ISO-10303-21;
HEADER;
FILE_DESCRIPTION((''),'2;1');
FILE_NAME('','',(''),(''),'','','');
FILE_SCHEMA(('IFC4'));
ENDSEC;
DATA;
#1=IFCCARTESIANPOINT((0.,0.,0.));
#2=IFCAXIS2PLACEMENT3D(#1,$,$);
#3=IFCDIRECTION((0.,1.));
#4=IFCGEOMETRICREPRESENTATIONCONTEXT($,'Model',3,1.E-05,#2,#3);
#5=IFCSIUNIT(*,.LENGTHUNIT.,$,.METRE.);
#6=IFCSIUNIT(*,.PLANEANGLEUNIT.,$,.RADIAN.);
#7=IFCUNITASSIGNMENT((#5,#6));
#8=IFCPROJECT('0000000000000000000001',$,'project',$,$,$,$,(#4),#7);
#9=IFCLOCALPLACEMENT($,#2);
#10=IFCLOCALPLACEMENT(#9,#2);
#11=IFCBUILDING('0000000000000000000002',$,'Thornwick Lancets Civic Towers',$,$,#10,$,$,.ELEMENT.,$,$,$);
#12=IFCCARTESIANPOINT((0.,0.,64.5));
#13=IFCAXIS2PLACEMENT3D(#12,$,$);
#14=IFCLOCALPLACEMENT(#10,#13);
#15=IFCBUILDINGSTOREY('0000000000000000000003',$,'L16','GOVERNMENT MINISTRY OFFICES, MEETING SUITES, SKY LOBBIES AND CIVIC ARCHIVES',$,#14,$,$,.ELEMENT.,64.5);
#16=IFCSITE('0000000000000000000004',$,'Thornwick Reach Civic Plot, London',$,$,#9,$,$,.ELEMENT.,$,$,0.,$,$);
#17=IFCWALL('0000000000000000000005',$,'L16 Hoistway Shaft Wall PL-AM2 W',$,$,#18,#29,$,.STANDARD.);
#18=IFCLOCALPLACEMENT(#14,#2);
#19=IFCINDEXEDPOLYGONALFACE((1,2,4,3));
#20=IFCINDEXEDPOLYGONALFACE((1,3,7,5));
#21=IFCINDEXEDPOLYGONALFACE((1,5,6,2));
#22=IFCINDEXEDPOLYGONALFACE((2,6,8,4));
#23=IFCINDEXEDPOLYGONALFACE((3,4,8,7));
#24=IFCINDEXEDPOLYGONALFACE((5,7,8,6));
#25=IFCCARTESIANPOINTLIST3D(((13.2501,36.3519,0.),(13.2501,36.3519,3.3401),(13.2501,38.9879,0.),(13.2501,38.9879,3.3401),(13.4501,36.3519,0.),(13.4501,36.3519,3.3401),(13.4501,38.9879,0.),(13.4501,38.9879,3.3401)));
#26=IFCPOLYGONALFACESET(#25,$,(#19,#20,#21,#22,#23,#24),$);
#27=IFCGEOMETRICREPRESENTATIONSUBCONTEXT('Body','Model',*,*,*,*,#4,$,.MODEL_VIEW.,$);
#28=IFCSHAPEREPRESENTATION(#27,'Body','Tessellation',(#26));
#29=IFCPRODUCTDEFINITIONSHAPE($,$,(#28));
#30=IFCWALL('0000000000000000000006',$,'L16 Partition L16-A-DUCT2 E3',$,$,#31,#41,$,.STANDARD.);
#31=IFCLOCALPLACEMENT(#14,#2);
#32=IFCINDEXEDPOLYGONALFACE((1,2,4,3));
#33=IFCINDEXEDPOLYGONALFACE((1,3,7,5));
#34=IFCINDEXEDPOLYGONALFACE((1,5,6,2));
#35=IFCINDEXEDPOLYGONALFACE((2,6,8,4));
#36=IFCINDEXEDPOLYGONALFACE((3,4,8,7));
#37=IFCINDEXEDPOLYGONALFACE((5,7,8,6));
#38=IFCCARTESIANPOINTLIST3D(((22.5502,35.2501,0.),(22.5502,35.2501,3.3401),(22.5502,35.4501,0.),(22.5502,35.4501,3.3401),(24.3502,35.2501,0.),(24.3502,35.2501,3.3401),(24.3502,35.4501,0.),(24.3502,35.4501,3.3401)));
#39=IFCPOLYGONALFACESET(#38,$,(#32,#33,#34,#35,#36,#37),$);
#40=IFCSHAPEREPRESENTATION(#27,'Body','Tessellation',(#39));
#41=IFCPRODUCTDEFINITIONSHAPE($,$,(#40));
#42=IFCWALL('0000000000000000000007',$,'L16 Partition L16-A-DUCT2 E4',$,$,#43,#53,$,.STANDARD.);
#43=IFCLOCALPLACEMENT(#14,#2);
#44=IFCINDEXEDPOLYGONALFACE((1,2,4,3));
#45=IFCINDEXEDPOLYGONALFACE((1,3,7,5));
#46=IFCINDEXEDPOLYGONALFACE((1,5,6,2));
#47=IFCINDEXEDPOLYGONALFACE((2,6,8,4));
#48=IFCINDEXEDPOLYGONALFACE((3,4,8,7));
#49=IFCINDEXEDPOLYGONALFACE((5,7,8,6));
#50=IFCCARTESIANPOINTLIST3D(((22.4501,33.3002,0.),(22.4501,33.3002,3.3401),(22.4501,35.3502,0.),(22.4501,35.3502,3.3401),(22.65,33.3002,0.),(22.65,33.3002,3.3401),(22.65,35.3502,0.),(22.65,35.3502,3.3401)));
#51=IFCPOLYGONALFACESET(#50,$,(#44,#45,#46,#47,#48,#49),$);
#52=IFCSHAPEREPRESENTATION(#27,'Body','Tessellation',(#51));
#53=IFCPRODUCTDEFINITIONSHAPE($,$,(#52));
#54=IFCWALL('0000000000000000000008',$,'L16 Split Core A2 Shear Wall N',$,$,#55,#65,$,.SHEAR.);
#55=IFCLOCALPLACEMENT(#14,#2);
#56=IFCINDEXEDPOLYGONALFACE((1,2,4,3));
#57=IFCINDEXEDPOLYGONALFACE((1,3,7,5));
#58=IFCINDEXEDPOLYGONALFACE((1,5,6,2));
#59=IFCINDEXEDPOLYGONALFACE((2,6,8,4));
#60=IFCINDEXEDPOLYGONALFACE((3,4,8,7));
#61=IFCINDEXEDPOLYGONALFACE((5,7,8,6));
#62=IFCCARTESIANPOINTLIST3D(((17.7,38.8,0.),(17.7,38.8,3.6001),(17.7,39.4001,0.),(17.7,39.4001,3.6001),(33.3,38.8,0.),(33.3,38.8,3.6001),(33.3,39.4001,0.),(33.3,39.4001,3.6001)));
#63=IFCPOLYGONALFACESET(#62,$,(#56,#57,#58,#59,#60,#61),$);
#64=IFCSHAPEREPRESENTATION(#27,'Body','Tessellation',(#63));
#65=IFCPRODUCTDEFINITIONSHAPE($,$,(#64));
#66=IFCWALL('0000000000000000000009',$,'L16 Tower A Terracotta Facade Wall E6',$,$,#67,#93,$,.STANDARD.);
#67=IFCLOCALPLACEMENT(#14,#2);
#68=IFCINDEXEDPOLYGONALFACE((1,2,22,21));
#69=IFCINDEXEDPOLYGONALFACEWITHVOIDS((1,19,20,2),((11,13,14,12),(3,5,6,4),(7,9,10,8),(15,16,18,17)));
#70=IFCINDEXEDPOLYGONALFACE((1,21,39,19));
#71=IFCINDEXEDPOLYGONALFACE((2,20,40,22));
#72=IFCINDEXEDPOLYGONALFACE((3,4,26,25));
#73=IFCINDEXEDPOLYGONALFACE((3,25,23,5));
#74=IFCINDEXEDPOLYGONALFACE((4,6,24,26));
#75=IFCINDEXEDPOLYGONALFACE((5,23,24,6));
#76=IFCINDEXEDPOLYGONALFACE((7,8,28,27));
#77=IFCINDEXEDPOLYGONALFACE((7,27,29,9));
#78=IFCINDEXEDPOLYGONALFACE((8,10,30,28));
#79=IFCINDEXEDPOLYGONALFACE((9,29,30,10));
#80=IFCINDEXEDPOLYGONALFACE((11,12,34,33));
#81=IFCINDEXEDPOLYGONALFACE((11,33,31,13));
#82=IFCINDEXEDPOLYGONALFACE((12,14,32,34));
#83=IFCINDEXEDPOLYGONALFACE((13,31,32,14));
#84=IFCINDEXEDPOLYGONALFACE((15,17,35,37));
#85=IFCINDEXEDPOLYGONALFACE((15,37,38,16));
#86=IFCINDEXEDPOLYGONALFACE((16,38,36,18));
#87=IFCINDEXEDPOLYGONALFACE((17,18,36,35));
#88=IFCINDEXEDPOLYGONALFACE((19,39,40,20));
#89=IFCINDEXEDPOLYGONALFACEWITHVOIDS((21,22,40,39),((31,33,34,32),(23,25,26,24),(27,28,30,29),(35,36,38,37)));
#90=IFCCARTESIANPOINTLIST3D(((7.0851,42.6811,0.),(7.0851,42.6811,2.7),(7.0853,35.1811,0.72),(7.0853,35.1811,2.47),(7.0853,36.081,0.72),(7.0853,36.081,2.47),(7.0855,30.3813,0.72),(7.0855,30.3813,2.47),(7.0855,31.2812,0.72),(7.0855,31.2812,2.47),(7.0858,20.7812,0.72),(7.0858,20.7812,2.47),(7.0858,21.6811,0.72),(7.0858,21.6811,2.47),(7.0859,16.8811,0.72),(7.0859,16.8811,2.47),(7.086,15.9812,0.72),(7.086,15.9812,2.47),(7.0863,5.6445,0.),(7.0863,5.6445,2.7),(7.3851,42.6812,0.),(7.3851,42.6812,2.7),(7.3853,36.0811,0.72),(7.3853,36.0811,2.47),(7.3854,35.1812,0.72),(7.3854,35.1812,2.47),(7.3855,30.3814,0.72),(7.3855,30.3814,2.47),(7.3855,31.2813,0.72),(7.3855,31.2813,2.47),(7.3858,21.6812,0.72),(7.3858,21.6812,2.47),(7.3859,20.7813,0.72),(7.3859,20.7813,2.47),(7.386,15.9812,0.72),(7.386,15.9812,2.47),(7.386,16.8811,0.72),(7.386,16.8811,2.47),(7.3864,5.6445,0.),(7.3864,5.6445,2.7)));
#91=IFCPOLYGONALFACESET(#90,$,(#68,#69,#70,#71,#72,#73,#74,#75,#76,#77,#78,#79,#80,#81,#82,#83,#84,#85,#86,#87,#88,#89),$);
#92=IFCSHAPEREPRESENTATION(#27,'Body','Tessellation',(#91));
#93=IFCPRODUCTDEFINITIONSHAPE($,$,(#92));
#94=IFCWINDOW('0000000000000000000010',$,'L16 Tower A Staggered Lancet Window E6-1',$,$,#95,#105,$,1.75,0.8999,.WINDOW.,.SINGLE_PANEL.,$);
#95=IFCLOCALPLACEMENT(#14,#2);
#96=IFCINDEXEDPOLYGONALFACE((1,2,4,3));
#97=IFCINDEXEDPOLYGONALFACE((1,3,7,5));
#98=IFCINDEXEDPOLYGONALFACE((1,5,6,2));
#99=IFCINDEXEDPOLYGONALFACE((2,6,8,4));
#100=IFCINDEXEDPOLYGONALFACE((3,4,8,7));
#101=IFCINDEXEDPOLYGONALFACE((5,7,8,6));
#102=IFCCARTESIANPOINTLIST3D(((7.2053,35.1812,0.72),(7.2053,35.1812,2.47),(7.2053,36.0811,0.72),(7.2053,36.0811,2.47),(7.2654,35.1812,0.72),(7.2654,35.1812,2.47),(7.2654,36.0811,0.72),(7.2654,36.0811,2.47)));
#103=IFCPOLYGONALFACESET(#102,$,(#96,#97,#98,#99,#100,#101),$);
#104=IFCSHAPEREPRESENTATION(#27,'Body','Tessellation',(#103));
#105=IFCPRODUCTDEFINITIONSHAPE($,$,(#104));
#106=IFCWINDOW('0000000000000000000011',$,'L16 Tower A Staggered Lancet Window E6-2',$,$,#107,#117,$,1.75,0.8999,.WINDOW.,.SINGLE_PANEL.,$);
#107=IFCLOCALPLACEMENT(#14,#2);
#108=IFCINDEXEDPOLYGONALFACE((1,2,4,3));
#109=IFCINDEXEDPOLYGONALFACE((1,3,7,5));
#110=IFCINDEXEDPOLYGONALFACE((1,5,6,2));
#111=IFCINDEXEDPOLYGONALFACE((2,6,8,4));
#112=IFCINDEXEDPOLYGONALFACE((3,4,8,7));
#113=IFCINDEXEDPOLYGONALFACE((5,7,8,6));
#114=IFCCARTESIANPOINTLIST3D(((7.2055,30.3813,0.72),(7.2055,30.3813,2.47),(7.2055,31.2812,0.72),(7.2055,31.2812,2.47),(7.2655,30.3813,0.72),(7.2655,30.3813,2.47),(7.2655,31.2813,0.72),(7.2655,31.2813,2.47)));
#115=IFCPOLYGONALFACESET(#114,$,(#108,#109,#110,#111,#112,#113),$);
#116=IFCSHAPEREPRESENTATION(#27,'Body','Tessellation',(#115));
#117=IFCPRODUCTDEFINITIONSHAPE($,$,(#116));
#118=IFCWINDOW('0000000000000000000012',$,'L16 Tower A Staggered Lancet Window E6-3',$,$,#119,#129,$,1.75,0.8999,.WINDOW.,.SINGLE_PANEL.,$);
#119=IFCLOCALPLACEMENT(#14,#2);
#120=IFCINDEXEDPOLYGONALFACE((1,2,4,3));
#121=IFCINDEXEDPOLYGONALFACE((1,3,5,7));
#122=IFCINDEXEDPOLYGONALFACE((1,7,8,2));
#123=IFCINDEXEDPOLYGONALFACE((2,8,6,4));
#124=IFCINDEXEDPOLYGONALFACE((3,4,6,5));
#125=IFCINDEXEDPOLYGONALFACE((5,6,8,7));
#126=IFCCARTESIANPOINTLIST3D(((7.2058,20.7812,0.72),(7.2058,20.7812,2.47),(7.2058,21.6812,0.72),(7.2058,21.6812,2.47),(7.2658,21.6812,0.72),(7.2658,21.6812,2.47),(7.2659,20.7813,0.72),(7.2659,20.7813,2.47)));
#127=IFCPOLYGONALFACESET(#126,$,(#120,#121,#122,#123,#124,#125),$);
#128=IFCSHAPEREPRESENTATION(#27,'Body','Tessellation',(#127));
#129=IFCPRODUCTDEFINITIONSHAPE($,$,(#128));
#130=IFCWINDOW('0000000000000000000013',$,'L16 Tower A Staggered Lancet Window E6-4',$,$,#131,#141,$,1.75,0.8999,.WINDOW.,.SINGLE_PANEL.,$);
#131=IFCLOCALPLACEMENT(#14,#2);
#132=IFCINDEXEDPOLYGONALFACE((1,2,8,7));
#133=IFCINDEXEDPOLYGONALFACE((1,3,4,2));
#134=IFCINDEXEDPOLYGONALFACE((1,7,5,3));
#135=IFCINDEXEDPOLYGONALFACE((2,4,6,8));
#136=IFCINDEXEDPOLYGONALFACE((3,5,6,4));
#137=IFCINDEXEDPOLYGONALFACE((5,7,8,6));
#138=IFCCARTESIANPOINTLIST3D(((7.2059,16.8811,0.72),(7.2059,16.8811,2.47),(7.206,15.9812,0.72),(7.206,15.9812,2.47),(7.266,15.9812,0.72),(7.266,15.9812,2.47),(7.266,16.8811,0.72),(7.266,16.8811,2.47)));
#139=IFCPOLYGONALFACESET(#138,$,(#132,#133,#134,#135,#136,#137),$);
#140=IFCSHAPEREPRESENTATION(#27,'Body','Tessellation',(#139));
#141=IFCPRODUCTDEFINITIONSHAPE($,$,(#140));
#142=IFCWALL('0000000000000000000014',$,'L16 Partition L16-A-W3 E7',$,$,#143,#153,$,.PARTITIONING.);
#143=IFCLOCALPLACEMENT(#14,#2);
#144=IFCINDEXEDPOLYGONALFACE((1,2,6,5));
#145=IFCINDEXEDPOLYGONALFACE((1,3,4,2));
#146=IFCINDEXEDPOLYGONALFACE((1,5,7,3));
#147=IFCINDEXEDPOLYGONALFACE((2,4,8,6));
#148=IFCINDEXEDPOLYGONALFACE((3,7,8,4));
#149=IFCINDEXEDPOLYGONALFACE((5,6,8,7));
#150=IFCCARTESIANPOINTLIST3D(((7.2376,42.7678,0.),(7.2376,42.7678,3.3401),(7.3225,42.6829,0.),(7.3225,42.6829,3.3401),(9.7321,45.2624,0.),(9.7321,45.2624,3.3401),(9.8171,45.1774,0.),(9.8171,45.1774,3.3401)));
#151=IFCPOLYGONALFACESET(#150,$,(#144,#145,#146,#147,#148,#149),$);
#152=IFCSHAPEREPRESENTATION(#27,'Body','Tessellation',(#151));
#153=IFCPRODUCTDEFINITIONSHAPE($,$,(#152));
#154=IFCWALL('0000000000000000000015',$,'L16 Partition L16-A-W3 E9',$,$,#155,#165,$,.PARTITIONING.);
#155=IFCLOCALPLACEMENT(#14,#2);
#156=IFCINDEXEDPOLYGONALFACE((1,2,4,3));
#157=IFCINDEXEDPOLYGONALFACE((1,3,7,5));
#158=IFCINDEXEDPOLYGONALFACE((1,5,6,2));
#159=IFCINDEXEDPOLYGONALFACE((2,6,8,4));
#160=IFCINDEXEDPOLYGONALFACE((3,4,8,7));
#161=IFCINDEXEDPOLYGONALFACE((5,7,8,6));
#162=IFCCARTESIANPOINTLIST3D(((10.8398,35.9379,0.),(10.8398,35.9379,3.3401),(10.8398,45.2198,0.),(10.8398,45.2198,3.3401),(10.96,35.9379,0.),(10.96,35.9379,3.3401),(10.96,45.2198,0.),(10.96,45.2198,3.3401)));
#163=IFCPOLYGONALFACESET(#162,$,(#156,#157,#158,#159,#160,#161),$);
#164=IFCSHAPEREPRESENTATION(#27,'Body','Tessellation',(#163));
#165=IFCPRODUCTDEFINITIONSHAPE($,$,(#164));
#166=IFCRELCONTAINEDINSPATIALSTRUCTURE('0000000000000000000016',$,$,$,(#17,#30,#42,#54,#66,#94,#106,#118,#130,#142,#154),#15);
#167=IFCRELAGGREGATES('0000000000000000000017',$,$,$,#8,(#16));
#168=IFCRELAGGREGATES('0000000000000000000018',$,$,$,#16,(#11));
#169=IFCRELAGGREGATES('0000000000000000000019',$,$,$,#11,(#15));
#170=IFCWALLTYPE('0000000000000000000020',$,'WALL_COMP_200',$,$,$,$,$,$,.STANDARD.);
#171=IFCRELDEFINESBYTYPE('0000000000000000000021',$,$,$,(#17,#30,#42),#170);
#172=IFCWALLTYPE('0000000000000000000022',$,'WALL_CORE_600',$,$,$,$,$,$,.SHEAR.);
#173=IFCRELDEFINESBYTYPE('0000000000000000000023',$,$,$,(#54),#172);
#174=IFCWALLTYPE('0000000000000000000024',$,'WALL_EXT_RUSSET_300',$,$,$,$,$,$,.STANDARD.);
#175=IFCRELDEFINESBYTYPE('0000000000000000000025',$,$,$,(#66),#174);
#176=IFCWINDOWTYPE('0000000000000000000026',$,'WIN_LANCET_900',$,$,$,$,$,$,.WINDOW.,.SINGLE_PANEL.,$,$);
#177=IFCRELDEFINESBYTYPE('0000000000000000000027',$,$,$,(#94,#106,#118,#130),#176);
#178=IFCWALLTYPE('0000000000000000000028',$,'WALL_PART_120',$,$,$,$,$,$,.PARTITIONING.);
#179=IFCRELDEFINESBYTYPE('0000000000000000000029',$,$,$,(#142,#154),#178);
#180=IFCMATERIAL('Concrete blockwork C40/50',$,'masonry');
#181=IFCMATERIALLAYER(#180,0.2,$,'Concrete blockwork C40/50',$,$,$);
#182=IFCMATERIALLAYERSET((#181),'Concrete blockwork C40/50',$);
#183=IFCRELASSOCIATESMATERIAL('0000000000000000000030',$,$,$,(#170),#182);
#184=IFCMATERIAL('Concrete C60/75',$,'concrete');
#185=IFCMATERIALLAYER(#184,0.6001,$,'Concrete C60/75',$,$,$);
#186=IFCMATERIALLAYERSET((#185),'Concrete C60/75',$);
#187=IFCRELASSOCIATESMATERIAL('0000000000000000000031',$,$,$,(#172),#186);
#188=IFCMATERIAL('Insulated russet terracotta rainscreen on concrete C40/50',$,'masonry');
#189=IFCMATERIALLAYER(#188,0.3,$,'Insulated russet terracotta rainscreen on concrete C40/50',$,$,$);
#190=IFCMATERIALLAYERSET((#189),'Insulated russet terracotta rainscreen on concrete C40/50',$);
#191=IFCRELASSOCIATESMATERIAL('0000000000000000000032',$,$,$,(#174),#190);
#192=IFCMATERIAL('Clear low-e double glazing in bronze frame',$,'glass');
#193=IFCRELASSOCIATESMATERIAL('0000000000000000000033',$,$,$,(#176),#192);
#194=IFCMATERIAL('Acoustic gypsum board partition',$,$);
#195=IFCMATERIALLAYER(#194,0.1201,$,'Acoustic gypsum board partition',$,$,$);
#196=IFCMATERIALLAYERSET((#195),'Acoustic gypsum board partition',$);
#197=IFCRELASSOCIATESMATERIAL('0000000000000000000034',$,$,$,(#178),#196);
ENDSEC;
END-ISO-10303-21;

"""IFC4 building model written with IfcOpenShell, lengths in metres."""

from ifc_helpers import new_model, si_unit, direction, frame, frame_2d, origin, place, context, subcontext, project, spatial, rectangle, extrude, material, layer, layer_set, type_object, element, fill, save


model = new_model("IFC4")

# Units and contexts
model_context = context("Model", 3, precision=1e-05, world=origin(), true_north=direction((0.0, 1.0)))
body_context = subcontext(model_context, "Body", "Model", "MODEL_VIEW")
ifc_project = project(units=[si_unit("LENGTHUNIT", "METRE"), si_unit("PLANEANGLEUNIT", "RADIAN")], contexts=[model_context])

# Site, building, storey
site_placement = place(None, origin())
site = spatial("IfcSite", under=ifc_project, at=site_placement, Name="Thornwick Reach Civic Plot, London", CompositionType="ELEMENT", RefElevation=0.0)
building_placement = place(site_placement, origin())
building = spatial("IfcBuilding", under=site, at=building_placement, Name="Thornwick Lancets Civic Towers", CompositionType="ELEMENT")
storey_placement = place(building_placement, frame((0.0, 0.0, 64.5)))
storey = spatial("IfcBuildingStorey", under=building, at=storey_placement, Name="L16", Description="GOVERNMENT MINISTRY OFFICES, MEETING SUITES, SKY LOBBIES AND CIVIC ARCHIVES", CompositionType="ELEMENT", Elevation=64.5)

# Shared definitions
ifc_material_1 = material(Name="Concrete C60/75", Category="concrete")

# Shared definitions
ifc_material_2 = material(Name="Concrete blockwork C40/50", Category="masonry")
ifc_layer_1 = layer(ifc_material_2, 0.2, Name="Concrete blockwork C40/50")
ifc_layer_set_1 = layer_set([ifc_layer_1], Name="Concrete blockwork C40/50")
wall_type_1 = type_object("IfcWallType", Name="WALL_COMP_200", PredefinedType="STANDARD", material=ifc_layer_set_1)

# Walls
for number, where, z_axis, x_axis, name in (
    (1, (13.3501, 36.3521, 0.0), (0.0, 0.0, 1.0), (0.0, 1.0, 0.0), "L16 Hoistway Shaft Wall PL-AM2 W"),
):
    element("IfcWall", number, at=place(storey_placement, frame(where, z_axis=z_axis, x_axis=x_axis)), inside=storey, type_object=wall_type_1, Name=name, PredefinedType="STANDARD", context=body_context, shape_type="SweptSolid", body=[
        extrude(rectangle(XDim=2.636, YDim=0.2, at=frame_2d((1.3179, 0.0))), origin(), (0.0, 0.0, 1.0), 3.3401),
    ])
wall_1_placement = place(storey_placement, frame((24.3501, 35.3501, 0.0), z_axis=(0.0, 0.0, 1.0), x_axis=(-1.0, 0.0, 0.0)))
element("IfcWall", 2, at=wall_1_placement, inside=storey, type_object=wall_type_1, Name="L16 Partition L16-A-DUCT2 E3", PredefinedType="STANDARD", context=body_context, shape_type="SweptSolid", body=[
    extrude(rectangle(XDim=1.8, YDim=0.2, at=frame_2d((0.8999, 0.0))), origin(), (0.0, 0.0, 1.0), 3.3401),
])
wall_2_placement = place(storey_placement, frame((22.55, 35.3501, 0.0), z_axis=(0.0, 0.0, 1.0), x_axis=(0.0, -1.0, 0.0)))
element("IfcWall", 3, at=wall_2_placement, inside=storey, type_object=wall_type_1, Name="L16 Partition L16-A-DUCT2 E4", PredefinedType="STANDARD", context=body_context, shape_type="SweptSolid", body=[
    extrude(rectangle(XDim=2.05, YDim=0.2, at=frame_2d((1.0249, 0.0))), origin(), (0.0, 0.0, 1.0), 3.3401),
])
ifc_layer_2 = layer(ifc_material_1, 0.6001, Name="Concrete C60/75")
ifc_layer_set_2 = layer_set([ifc_layer_2], Name="Concrete C60/75")
wall_type_2 = type_object("IfcWallType", Name="WALL_CORE_600", PredefinedType="SHEAR", material=ifc_layer_set_2)
wall_3_placement = place(storey_placement, frame((17.7, 39.1001, 0.0), z_axis=(0.0, 0.0, 1.0), x_axis=(1.0, 0.0, 0.0)))
element("IfcWall", 4, at=wall_3_placement, inside=storey, type_object=wall_type_2, Name="L16 Split Core A2 Shear Wall N", PredefinedType="SHEAR", context=body_context, shape_type="SweptSolid", body=[
    extrude(rectangle(XDim=15.6001, YDim=0.6001, at=frame_2d((7.8, 0.0))), origin(), (0.0, 0.0, 1.0), 3.6001),
])

# Wall, openings, windows
ifc_material_3 = material(Name="Insulated russet terracotta rainscreen on concrete C40/50", Category="masonry")
ifc_layer_3 = layer(ifc_material_3, 0.3, Name="Insulated russet terracotta rainscreen on concrete C40/50")
ifc_layer_set_3 = layer_set([ifc_layer_3], Name="Insulated russet terracotta rainscreen on concrete C40/50")
wall_type_3 = type_object("IfcWallType", Name="WALL_EXT_RUSSET_300", PredefinedType="STANDARD", material=ifc_layer_set_3)
wall_4_placement = place(storey_placement, frame((7.2351, 42.6812, 0.0), z_axis=(0.0, 0.0, 1.0), x_axis=(0.000033, -1.0, 0.0)))
wall_4 = element("IfcWall", 5, at=wall_4_placement, inside=storey, type_object=wall_type_3, Name="L16 Tower A Terracotta Facade Wall E6", PredefinedType="STANDARD", context=body_context, shape_type="SweptSolid", body=[
    extrude(rectangle(XDim=37.0366, YDim=0.3, at=frame_2d((18.5183, 0.0))), origin(), (0.0, 0.0, 1.0), 2.7),
])
opening_1_placement = place(wall_4_placement, frame((6.6001, 0.0, 0.72)))
opening_1 = element("IfcOpeningElement", 6, at=opening_1_placement, cuts=wall_4, PredefinedType="OPENING", context=body_context, shape_type="SweptSolid", body=[
    extrude(rectangle(XDim=0.8999, YDim=1.75, at=frame_2d((0.45, 0.875))), frame((0.0, 0.1602, 0.0), z_axis=(0.0, -1.0, 0.0), x_axis=(1.0, 0.0, 0.0)), (0.0, 0.0, 1.0), 0.3201),
])
opening_2_placement = place(wall_4_placement, frame((11.3999, 0.0, 0.72)))
opening_2 = element("IfcOpeningElement", 7, at=opening_2_placement, cuts=wall_4, PredefinedType="OPENING", context=body_context, shape_type="SweptSolid", body=[
    extrude(rectangle(XDim=0.8999, YDim=1.75, at=frame_2d((0.45, 0.875))), frame((0.0, 0.1602, 0.0), z_axis=(0.0, -1.0, 0.0), x_axis=(1.0, 0.0, 0.0)), (0.0, 0.0, 1.0), 0.3201),
])
opening_3_placement = place(wall_4_placement, frame((21.0, 0.0, 0.72)))
opening_3 = element("IfcOpeningElement", 8, at=opening_3_placement, cuts=wall_4, PredefinedType="OPENING", context=body_context, shape_type="SweptSolid", body=[
    extrude(rectangle(XDim=0.8999, YDim=1.75, at=frame_2d((0.45, 0.875))), frame((0.0, 0.1602, 0.0), z_axis=(0.0, -1.0, 0.0), x_axis=(1.0, 0.0, 0.0)), (0.0, 0.0, 1.0), 0.3201),
])
opening_4_placement = place(wall_4_placement, frame((25.8, 0.0, 0.72)))
opening_4 = element("IfcOpeningElement", 9, at=opening_4_placement, cuts=wall_4, PredefinedType="OPENING", context=body_context, shape_type="SweptSolid", body=[
    extrude(rectangle(XDim=0.8999, YDim=1.75, at=frame_2d((0.45, 0.875))), frame((0.0, 0.1602, 0.0), z_axis=(0.0, -1.0, 0.0), x_axis=(1.0, 0.0, 0.0)), (0.0, 0.0, 1.0), 0.3201),
])
ifc_material_4 = material(Name="Clear low-e double glazing in bronze frame", Category="glass")
window_type = type_object("IfcWindowType", Name="WIN_LANCET_900", PartitioningType="SINGLE_PANEL", PredefinedType="WINDOW", material=ifc_material_4)
window_1_placement = place(opening_1_placement, origin())
window_1 = element("IfcWindow", 10, at=window_1_placement, inside=storey, type_object=window_type, Name="L16 Tower A Staggered Lancet Window E6-1", OverallHeight=1.75, OverallWidth=0.8999, PartitioningType="SINGLE_PANEL", PredefinedType="WINDOW", context=body_context, shape_type="SweptSolid", body=[
    extrude(rectangle(XDim=0.8999, YDim=1.75, at=frame_2d((0.45, 0.875))), frame((0.0, 0.03, 0.0), z_axis=(0.0, -1.0, 0.0), x_axis=(1.0, 0.0, 0.0)), (0.0, 0.0, 1.0), 0.0601),
])
fill(opening_1, window_1)
window_2_placement = place(opening_2_placement, origin())
window_2 = element("IfcWindow", 11, at=window_2_placement, inside=storey, type_object=window_type, Name="L16 Tower A Staggered Lancet Window E6-2", OverallHeight=1.75, OverallWidth=0.8999, PartitioningType="SINGLE_PANEL", PredefinedType="WINDOW", context=body_context, shape_type="SweptSolid", body=[
    extrude(rectangle(XDim=0.8999, YDim=1.75, at=frame_2d((0.45, 0.875))), frame((0.0, 0.03, 0.0), z_axis=(0.0, -1.0, 0.0), x_axis=(1.0, 0.0, 0.0)), (0.0, 0.0, 1.0), 0.0601),
])
fill(opening_2, window_2)
window_3_placement = place(opening_3_placement, origin())
window_3 = element("IfcWindow", 12, at=window_3_placement, inside=storey, type_object=window_type, Name="L16 Tower A Staggered Lancet Window E6-3", OverallHeight=1.75, OverallWidth=0.8999, PartitioningType="SINGLE_PANEL", PredefinedType="WINDOW", context=body_context, shape_type="SweptSolid", body=[
    extrude(rectangle(XDim=0.8999, YDim=1.75, at=frame_2d((0.45, 0.875))), frame((0.0, 0.03, 0.0), z_axis=(0.0, -1.0, 0.0), x_axis=(1.0, 0.0, 0.0)), (0.0, 0.0, 1.0), 0.0601),
])
fill(opening_3, window_3)
window_4_placement = place(opening_4_placement, origin())
window_4 = element("IfcWindow", 13, at=window_4_placement, inside=storey, type_object=window_type, Name="L16 Tower A Staggered Lancet Window E6-4", OverallHeight=1.75, OverallWidth=0.8999, PartitioningType="SINGLE_PANEL", PredefinedType="WINDOW", context=body_context, shape_type="SweptSolid", body=[
    extrude(rectangle(XDim=0.8999, YDim=1.75, at=frame_2d((0.45, 0.875))), frame((0.0, 0.03, 0.0), z_axis=(0.0, -1.0, 0.0), x_axis=(1.0, 0.0, 0.0)), (0.0, 0.0, 1.0), 0.0601),
])
fill(opening_4, window_4)

# Walls
ifc_material_5 = material(Name="Acoustic gypsum board partition")
ifc_layer_4 = layer(ifc_material_5, 0.1201, Name="Acoustic gypsum board partition")
ifc_layer_set_4 = layer_set([ifc_layer_4], Name="Acoustic gypsum board partition")
wall_type_4 = type_object("IfcWallType", Name="WALL_PART_120", PredefinedType="PARTITIONING", material=ifc_layer_set_4)
wall_5_placement = place(storey_placement, frame((7.28, 42.7253, 0.0), z_axis=(0.0, 0.0, 1.0), x_axis=(0.707107, 0.707107, 0.0)))
element("IfcWall", 14, at=wall_5_placement, inside=storey, type_object=wall_type_4, Name="L16 Partition L16-A-W3 E7", PredefinedType="PARTITIONING", context=body_context, shape_type="SweptSolid", body=[
    extrude(rectangle(XDim=3.5278, YDim=0.1201, at=frame_2d((1.7639, 0.0))), origin(), (0.0, 0.0, 1.0), 3.3401),
])
wall_6_placement = place(storey_placement, frame((10.8999, 45.22, 0.0), z_axis=(0.0, 0.0, 1.0), x_axis=(0.0, -1.0, 0.0)))
element("IfcWall", 15, at=wall_6_placement, inside=storey, type_object=wall_type_4, Name="L16 Partition L16-A-W3 E9", PredefinedType="PARTITIONING", context=body_context, shape_type="SweptSolid", body=[
    extrude(rectangle(XDim=9.282, YDim=0.1201, at=frame_2d((4.6411, 0.0))), origin(), (0.0, 0.0, 1.0), 3.3401),
])

save(model, "model.ifc")
